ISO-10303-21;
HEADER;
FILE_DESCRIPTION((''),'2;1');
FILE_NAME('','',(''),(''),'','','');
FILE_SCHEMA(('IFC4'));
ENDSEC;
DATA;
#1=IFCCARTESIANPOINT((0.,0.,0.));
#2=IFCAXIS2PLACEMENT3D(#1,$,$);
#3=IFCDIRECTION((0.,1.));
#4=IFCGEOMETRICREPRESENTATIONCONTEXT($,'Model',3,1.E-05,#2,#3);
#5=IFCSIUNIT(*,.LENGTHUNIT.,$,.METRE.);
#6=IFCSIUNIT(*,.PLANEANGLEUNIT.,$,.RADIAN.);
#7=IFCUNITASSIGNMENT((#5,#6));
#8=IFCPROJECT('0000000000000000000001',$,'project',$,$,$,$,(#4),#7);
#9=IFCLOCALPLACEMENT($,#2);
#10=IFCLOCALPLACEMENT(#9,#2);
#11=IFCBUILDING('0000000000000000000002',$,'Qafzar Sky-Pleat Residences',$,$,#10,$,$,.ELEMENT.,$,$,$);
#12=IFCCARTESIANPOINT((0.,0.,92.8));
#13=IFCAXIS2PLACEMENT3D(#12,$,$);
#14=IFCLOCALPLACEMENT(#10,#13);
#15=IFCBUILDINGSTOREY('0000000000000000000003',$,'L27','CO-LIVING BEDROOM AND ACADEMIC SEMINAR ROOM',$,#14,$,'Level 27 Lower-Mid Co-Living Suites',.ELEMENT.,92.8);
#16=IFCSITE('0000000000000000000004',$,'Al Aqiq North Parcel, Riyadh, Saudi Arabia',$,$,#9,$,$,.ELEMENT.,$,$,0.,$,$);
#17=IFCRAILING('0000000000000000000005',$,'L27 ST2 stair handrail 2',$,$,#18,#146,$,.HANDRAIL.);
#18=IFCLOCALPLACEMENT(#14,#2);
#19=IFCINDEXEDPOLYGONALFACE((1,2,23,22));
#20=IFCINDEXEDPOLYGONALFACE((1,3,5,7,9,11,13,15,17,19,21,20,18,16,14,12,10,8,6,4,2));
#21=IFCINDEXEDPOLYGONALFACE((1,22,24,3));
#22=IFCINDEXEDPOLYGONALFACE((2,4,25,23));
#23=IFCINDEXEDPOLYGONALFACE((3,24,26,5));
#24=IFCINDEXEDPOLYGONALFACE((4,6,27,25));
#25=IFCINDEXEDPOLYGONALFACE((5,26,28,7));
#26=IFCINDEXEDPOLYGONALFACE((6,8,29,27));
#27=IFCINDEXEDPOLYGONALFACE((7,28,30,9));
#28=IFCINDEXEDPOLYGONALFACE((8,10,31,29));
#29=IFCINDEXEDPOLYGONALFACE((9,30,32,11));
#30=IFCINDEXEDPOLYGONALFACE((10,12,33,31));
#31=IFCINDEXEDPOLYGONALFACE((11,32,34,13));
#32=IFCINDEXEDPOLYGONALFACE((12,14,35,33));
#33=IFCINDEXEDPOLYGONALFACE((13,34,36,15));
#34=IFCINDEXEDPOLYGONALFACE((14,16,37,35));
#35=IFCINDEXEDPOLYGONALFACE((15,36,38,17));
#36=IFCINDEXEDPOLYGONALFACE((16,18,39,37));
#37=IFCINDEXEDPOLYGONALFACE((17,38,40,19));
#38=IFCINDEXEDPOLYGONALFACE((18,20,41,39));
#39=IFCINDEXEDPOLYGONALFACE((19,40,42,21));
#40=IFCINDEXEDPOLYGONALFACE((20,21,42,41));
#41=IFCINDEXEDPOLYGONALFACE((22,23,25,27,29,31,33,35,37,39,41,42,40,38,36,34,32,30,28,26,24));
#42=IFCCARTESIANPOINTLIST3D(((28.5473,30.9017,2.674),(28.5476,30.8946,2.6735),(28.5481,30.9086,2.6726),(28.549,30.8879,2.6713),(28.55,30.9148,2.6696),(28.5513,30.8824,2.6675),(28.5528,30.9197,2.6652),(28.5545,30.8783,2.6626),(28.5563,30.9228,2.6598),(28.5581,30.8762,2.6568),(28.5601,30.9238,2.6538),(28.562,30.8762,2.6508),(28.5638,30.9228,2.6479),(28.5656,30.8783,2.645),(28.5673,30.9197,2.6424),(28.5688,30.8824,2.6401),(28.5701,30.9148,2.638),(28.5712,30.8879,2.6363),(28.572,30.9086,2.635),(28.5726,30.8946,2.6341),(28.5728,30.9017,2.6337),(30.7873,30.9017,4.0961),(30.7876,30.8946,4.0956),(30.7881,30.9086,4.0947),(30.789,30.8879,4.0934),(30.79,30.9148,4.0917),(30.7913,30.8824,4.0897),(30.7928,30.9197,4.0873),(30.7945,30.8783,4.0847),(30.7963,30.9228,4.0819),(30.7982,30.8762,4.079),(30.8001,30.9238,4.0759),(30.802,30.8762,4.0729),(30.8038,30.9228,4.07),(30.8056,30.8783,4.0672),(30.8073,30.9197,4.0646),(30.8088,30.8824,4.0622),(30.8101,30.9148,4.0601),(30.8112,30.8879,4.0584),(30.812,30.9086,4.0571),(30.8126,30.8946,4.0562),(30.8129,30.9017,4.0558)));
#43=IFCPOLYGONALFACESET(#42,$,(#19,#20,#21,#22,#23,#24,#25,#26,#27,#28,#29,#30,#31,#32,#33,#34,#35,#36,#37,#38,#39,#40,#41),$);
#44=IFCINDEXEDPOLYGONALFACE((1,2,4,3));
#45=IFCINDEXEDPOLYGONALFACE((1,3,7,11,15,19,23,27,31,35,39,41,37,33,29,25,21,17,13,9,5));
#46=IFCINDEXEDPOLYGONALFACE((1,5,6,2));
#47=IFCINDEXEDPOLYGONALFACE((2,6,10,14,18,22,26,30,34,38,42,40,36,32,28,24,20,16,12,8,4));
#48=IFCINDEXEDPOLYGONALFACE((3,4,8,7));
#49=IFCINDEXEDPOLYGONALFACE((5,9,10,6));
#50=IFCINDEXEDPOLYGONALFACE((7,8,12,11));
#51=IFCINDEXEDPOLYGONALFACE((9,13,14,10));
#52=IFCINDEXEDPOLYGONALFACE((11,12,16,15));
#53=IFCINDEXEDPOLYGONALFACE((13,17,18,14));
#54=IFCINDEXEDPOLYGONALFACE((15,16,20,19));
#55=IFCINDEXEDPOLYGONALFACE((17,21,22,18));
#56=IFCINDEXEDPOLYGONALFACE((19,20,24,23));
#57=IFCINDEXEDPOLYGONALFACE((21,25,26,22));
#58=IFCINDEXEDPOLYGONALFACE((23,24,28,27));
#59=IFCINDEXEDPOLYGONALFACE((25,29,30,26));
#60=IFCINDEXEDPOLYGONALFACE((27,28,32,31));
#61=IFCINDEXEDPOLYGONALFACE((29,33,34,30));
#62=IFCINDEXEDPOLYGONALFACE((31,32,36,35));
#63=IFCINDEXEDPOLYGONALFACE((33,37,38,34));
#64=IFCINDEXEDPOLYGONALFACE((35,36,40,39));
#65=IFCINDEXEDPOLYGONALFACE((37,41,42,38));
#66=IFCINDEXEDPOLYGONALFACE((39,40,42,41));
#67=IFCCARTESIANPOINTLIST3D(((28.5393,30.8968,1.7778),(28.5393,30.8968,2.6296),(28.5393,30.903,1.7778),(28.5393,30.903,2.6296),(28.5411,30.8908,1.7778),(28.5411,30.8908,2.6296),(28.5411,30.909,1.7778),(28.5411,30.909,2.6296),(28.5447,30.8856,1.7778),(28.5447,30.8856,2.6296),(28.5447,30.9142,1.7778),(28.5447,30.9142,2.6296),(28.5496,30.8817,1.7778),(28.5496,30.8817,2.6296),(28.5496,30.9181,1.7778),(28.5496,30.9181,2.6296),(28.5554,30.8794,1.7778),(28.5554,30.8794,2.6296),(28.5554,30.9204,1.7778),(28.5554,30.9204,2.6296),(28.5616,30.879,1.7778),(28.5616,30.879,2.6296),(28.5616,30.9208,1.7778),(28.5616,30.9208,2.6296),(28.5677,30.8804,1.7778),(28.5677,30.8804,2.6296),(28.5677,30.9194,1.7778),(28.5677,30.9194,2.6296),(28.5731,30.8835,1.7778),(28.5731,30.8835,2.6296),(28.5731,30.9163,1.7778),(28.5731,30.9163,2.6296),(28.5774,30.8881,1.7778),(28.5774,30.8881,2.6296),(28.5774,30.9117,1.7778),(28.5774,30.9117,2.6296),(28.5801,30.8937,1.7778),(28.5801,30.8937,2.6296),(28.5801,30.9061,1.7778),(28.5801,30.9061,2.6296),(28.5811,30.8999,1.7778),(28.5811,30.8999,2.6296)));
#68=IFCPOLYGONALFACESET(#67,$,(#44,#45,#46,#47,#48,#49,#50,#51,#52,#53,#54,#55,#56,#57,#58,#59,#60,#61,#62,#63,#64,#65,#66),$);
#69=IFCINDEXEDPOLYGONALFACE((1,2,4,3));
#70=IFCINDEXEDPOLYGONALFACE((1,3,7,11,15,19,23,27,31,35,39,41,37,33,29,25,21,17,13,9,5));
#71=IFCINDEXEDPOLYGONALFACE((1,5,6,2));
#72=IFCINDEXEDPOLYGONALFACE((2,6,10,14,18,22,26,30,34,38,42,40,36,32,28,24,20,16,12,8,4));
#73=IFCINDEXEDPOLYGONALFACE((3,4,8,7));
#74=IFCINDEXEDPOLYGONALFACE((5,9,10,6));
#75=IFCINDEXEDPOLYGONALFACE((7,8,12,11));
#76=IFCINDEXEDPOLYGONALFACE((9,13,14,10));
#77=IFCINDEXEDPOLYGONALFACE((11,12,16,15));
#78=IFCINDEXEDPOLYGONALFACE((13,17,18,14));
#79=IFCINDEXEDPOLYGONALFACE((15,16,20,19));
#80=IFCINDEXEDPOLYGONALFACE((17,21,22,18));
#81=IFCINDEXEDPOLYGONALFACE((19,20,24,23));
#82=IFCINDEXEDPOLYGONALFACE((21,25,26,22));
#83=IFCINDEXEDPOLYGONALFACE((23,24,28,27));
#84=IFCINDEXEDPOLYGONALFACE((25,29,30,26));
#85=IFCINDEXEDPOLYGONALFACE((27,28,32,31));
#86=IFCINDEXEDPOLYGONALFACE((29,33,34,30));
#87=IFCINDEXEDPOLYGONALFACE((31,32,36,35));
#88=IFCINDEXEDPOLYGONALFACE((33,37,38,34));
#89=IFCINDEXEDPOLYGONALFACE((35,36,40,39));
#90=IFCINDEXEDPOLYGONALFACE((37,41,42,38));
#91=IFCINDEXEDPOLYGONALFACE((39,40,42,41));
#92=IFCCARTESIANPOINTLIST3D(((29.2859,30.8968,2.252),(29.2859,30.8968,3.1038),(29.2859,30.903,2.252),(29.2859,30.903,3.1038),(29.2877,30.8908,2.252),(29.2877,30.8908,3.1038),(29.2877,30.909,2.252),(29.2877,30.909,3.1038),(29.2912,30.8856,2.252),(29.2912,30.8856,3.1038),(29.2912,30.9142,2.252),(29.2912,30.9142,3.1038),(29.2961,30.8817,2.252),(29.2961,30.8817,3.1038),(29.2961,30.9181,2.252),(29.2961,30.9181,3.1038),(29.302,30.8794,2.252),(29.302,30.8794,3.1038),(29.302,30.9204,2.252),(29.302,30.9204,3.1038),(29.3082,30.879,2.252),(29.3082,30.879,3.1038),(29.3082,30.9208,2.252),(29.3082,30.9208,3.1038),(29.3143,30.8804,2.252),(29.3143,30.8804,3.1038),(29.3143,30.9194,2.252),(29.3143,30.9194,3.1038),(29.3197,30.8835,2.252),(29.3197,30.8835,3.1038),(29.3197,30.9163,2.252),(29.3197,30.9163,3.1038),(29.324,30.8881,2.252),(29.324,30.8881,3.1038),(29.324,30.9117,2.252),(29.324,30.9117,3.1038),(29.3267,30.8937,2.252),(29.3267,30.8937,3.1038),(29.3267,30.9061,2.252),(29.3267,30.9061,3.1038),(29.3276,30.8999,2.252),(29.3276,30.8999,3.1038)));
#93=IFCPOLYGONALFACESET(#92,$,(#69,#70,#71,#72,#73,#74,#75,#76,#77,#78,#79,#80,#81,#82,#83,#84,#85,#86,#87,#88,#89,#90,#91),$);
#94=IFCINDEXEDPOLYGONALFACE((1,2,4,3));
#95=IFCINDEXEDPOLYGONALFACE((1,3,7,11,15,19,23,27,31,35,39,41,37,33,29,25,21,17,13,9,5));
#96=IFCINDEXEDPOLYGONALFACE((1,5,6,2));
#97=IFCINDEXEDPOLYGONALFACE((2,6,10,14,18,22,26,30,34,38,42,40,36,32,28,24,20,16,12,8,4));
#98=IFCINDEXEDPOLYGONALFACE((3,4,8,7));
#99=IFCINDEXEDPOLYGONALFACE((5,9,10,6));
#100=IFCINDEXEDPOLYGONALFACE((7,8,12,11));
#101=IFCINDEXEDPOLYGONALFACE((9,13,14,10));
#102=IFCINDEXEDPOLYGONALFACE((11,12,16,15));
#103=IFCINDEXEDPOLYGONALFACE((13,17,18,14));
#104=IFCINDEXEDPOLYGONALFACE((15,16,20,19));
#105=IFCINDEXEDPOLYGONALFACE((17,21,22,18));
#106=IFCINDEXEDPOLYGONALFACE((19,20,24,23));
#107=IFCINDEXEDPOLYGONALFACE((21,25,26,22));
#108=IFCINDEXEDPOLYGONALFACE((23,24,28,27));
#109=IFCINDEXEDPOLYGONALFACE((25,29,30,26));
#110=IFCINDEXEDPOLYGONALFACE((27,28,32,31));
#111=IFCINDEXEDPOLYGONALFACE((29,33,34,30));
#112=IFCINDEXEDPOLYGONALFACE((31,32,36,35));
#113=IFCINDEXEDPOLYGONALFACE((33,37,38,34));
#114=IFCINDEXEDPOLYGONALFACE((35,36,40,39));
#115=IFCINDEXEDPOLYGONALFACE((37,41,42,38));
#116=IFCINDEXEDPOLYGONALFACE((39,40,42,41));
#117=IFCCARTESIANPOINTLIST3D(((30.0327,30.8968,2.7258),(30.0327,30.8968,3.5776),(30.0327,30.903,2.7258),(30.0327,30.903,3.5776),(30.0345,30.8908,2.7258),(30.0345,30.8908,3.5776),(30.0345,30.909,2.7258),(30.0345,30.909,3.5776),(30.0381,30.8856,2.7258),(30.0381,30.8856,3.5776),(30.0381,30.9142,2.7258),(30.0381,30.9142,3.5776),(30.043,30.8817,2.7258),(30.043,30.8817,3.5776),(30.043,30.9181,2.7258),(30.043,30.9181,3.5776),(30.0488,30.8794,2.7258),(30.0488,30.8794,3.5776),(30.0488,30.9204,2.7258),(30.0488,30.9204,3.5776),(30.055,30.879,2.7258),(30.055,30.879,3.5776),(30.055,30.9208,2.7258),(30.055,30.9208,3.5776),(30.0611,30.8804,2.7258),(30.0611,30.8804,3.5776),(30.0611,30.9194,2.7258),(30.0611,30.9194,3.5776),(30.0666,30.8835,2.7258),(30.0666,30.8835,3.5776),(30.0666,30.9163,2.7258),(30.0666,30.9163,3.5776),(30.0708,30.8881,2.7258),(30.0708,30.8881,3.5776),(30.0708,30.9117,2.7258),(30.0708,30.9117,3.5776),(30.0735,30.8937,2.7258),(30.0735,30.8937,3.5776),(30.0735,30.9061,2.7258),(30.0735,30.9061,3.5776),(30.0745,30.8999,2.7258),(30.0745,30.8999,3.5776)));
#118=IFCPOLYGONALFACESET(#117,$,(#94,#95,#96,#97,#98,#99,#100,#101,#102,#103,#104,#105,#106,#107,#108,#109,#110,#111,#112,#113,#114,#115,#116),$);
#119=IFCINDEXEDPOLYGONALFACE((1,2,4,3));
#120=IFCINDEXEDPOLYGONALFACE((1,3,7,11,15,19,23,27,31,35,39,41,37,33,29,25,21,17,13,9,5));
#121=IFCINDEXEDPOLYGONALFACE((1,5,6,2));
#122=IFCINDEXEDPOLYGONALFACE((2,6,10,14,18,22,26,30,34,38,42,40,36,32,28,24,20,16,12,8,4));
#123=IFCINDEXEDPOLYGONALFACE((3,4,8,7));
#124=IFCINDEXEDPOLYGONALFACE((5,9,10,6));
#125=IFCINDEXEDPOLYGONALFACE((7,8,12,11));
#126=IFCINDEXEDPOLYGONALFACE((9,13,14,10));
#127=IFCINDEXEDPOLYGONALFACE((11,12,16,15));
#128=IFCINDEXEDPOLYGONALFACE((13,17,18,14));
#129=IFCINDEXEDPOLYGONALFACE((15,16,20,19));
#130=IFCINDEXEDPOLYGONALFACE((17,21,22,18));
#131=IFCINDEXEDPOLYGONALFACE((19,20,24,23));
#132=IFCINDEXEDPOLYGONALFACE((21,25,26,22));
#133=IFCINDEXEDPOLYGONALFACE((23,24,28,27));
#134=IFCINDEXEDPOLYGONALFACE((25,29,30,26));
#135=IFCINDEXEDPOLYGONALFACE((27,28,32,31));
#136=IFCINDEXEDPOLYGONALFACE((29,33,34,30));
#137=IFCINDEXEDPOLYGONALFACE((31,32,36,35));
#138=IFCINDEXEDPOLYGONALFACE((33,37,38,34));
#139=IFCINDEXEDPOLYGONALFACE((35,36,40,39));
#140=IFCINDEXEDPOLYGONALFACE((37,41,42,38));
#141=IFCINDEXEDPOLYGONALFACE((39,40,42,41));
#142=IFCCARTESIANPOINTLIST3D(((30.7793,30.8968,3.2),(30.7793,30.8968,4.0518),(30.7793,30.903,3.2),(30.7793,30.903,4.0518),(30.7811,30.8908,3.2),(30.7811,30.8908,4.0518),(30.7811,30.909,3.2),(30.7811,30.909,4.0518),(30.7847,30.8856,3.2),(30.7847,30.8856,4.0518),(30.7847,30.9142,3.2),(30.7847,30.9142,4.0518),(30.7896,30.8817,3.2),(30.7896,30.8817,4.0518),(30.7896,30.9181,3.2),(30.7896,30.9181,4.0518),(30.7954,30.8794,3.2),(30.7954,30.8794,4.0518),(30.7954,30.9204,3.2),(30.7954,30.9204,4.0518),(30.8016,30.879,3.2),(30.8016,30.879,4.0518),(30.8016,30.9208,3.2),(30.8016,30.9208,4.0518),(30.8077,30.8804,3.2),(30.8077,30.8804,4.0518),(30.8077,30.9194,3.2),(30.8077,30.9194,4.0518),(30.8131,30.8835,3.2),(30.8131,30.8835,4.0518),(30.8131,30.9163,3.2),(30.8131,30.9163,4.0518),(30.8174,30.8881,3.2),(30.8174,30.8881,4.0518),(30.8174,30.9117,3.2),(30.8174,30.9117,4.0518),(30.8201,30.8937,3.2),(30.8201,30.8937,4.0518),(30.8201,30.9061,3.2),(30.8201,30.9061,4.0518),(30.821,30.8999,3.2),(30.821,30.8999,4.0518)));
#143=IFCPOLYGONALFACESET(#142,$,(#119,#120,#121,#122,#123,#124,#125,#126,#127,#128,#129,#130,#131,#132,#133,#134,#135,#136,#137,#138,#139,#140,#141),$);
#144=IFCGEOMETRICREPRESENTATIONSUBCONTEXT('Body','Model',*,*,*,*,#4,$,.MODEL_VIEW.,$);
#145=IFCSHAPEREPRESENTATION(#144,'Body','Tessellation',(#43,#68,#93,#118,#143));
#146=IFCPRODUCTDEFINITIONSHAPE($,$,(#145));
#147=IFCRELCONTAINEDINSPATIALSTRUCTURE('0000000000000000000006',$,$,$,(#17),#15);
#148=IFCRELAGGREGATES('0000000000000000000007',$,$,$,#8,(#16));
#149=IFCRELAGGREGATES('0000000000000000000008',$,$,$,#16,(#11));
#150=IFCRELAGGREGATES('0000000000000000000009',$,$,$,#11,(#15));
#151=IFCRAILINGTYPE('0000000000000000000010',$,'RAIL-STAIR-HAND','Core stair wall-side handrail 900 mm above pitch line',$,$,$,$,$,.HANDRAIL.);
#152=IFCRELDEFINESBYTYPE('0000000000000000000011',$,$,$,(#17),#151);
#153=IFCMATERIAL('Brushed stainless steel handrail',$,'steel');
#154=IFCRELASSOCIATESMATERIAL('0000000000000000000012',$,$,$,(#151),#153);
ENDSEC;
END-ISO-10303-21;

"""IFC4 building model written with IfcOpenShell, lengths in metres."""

from ifc_helpers import new_model, si_unit, direction, frame, origin, origin_2d, place, context, subcontext, project, spatial, circle, extrude, source, transform, mapped, material, type_object, element, save


model = new_model("IFC4")

# Units and contexts
model_context = context("Model", 3, precision=1e-05, world=origin(), true_north=direction((0.0, 1.0)))
body_context = subcontext(model_context, "Body", "Model", "MODEL_VIEW")
ifc_project = project(units=[si_unit("LENGTHUNIT", "METRE"), si_unit("PLANEANGLEUNIT", "RADIAN")], contexts=[model_context])

# Site, building, storey
site_placement = place(None, origin())
site = spatial("IfcSite", under=ifc_project, at=site_placement, Name="Al Aqiq North Parcel, Riyadh, Saudi Arabia", CompositionType="ELEMENT", RefElevation=0.0)
building_placement = place(site_placement, origin())
building = spatial("IfcBuilding", under=site, at=building_placement, Name="Qafzar Sky-Pleat Residences", CompositionType="ELEMENT")
storey_placement = place(building_placement, frame((0.0, 0.0, 92.8)))
storey = spatial("IfcBuildingStorey", under=building, at=storey_placement, Name="L27", Description="CO-LIVING BEDROOM AND ACADEMIC SEMINAR ROOM", LongName="Level 27 Lower-Mid Co-Living Suites", CompositionType="ELEMENT", Elevation=92.8)

# Railing
ifc_material_1 = material(Name="Brushed stainless steel handrail", Category="steel")
railing_type_1 = type_object("IfcRailingType", Name="RAIL-STAIR-HAND", Description="Core stair wall-side handrail 900 mm above pitch line", PredefinedType="HANDRAIL", material=ifc_material_1)
shared_shape_1 = source(origin(), body_context, "Body", "SweptSolid", [
    extrude(circle(Radius=0.0239, at=origin_2d()), frame((0.0, 0.0, 0.876), z_axis=(0.844229, 0.0, 0.535982), x_axis=(0.0, 1.0, 0.0)), (0.0, 0.0, 1.0), 2.6533),
    extrude(circle(Radius=0.021, at=origin_2d()), origin(), (0.0, 0.0, 1.0), 0.8518),
    extrude(circle(Radius=0.021, at=origin_2d()), frame((0.7466, 0.0, 0.4741)), (0.0, 0.0, 1.0), 0.8518),
    extrude(circle(Radius=0.021, at=origin_2d()), frame((1.4934, 0.0, 0.948)), (0.0, 0.0, 1.0), 0.8518),
    extrude(circle(Radius=0.021, at=origin_2d()), frame((2.24, 0.0, 1.4221)), (0.0, 0.0, 1.0), 0.8518),
])
railing_1_placement = place(storey_placement, frame((28.5601, 30.8999, 1.7778)))
element("IfcRailing", 1, at=railing_1_placement, inside=storey, type_object=railing_type_1, Name="L27 ST2 stair handrail 2", PredefinedType="HANDRAIL", context=body_context, shape_type="MappedRepresentation", body=[
    mapped(shared_shape_1, transform((0.0, 0.0, 0.0), x_axis=(1.0, 0.0, 0.0), y_axis=(0.0, 1.0, 0.0), z_axis=(0.0, 0.0, 1.0), scale=1.0)),
])

save(model, "model.ifc")
